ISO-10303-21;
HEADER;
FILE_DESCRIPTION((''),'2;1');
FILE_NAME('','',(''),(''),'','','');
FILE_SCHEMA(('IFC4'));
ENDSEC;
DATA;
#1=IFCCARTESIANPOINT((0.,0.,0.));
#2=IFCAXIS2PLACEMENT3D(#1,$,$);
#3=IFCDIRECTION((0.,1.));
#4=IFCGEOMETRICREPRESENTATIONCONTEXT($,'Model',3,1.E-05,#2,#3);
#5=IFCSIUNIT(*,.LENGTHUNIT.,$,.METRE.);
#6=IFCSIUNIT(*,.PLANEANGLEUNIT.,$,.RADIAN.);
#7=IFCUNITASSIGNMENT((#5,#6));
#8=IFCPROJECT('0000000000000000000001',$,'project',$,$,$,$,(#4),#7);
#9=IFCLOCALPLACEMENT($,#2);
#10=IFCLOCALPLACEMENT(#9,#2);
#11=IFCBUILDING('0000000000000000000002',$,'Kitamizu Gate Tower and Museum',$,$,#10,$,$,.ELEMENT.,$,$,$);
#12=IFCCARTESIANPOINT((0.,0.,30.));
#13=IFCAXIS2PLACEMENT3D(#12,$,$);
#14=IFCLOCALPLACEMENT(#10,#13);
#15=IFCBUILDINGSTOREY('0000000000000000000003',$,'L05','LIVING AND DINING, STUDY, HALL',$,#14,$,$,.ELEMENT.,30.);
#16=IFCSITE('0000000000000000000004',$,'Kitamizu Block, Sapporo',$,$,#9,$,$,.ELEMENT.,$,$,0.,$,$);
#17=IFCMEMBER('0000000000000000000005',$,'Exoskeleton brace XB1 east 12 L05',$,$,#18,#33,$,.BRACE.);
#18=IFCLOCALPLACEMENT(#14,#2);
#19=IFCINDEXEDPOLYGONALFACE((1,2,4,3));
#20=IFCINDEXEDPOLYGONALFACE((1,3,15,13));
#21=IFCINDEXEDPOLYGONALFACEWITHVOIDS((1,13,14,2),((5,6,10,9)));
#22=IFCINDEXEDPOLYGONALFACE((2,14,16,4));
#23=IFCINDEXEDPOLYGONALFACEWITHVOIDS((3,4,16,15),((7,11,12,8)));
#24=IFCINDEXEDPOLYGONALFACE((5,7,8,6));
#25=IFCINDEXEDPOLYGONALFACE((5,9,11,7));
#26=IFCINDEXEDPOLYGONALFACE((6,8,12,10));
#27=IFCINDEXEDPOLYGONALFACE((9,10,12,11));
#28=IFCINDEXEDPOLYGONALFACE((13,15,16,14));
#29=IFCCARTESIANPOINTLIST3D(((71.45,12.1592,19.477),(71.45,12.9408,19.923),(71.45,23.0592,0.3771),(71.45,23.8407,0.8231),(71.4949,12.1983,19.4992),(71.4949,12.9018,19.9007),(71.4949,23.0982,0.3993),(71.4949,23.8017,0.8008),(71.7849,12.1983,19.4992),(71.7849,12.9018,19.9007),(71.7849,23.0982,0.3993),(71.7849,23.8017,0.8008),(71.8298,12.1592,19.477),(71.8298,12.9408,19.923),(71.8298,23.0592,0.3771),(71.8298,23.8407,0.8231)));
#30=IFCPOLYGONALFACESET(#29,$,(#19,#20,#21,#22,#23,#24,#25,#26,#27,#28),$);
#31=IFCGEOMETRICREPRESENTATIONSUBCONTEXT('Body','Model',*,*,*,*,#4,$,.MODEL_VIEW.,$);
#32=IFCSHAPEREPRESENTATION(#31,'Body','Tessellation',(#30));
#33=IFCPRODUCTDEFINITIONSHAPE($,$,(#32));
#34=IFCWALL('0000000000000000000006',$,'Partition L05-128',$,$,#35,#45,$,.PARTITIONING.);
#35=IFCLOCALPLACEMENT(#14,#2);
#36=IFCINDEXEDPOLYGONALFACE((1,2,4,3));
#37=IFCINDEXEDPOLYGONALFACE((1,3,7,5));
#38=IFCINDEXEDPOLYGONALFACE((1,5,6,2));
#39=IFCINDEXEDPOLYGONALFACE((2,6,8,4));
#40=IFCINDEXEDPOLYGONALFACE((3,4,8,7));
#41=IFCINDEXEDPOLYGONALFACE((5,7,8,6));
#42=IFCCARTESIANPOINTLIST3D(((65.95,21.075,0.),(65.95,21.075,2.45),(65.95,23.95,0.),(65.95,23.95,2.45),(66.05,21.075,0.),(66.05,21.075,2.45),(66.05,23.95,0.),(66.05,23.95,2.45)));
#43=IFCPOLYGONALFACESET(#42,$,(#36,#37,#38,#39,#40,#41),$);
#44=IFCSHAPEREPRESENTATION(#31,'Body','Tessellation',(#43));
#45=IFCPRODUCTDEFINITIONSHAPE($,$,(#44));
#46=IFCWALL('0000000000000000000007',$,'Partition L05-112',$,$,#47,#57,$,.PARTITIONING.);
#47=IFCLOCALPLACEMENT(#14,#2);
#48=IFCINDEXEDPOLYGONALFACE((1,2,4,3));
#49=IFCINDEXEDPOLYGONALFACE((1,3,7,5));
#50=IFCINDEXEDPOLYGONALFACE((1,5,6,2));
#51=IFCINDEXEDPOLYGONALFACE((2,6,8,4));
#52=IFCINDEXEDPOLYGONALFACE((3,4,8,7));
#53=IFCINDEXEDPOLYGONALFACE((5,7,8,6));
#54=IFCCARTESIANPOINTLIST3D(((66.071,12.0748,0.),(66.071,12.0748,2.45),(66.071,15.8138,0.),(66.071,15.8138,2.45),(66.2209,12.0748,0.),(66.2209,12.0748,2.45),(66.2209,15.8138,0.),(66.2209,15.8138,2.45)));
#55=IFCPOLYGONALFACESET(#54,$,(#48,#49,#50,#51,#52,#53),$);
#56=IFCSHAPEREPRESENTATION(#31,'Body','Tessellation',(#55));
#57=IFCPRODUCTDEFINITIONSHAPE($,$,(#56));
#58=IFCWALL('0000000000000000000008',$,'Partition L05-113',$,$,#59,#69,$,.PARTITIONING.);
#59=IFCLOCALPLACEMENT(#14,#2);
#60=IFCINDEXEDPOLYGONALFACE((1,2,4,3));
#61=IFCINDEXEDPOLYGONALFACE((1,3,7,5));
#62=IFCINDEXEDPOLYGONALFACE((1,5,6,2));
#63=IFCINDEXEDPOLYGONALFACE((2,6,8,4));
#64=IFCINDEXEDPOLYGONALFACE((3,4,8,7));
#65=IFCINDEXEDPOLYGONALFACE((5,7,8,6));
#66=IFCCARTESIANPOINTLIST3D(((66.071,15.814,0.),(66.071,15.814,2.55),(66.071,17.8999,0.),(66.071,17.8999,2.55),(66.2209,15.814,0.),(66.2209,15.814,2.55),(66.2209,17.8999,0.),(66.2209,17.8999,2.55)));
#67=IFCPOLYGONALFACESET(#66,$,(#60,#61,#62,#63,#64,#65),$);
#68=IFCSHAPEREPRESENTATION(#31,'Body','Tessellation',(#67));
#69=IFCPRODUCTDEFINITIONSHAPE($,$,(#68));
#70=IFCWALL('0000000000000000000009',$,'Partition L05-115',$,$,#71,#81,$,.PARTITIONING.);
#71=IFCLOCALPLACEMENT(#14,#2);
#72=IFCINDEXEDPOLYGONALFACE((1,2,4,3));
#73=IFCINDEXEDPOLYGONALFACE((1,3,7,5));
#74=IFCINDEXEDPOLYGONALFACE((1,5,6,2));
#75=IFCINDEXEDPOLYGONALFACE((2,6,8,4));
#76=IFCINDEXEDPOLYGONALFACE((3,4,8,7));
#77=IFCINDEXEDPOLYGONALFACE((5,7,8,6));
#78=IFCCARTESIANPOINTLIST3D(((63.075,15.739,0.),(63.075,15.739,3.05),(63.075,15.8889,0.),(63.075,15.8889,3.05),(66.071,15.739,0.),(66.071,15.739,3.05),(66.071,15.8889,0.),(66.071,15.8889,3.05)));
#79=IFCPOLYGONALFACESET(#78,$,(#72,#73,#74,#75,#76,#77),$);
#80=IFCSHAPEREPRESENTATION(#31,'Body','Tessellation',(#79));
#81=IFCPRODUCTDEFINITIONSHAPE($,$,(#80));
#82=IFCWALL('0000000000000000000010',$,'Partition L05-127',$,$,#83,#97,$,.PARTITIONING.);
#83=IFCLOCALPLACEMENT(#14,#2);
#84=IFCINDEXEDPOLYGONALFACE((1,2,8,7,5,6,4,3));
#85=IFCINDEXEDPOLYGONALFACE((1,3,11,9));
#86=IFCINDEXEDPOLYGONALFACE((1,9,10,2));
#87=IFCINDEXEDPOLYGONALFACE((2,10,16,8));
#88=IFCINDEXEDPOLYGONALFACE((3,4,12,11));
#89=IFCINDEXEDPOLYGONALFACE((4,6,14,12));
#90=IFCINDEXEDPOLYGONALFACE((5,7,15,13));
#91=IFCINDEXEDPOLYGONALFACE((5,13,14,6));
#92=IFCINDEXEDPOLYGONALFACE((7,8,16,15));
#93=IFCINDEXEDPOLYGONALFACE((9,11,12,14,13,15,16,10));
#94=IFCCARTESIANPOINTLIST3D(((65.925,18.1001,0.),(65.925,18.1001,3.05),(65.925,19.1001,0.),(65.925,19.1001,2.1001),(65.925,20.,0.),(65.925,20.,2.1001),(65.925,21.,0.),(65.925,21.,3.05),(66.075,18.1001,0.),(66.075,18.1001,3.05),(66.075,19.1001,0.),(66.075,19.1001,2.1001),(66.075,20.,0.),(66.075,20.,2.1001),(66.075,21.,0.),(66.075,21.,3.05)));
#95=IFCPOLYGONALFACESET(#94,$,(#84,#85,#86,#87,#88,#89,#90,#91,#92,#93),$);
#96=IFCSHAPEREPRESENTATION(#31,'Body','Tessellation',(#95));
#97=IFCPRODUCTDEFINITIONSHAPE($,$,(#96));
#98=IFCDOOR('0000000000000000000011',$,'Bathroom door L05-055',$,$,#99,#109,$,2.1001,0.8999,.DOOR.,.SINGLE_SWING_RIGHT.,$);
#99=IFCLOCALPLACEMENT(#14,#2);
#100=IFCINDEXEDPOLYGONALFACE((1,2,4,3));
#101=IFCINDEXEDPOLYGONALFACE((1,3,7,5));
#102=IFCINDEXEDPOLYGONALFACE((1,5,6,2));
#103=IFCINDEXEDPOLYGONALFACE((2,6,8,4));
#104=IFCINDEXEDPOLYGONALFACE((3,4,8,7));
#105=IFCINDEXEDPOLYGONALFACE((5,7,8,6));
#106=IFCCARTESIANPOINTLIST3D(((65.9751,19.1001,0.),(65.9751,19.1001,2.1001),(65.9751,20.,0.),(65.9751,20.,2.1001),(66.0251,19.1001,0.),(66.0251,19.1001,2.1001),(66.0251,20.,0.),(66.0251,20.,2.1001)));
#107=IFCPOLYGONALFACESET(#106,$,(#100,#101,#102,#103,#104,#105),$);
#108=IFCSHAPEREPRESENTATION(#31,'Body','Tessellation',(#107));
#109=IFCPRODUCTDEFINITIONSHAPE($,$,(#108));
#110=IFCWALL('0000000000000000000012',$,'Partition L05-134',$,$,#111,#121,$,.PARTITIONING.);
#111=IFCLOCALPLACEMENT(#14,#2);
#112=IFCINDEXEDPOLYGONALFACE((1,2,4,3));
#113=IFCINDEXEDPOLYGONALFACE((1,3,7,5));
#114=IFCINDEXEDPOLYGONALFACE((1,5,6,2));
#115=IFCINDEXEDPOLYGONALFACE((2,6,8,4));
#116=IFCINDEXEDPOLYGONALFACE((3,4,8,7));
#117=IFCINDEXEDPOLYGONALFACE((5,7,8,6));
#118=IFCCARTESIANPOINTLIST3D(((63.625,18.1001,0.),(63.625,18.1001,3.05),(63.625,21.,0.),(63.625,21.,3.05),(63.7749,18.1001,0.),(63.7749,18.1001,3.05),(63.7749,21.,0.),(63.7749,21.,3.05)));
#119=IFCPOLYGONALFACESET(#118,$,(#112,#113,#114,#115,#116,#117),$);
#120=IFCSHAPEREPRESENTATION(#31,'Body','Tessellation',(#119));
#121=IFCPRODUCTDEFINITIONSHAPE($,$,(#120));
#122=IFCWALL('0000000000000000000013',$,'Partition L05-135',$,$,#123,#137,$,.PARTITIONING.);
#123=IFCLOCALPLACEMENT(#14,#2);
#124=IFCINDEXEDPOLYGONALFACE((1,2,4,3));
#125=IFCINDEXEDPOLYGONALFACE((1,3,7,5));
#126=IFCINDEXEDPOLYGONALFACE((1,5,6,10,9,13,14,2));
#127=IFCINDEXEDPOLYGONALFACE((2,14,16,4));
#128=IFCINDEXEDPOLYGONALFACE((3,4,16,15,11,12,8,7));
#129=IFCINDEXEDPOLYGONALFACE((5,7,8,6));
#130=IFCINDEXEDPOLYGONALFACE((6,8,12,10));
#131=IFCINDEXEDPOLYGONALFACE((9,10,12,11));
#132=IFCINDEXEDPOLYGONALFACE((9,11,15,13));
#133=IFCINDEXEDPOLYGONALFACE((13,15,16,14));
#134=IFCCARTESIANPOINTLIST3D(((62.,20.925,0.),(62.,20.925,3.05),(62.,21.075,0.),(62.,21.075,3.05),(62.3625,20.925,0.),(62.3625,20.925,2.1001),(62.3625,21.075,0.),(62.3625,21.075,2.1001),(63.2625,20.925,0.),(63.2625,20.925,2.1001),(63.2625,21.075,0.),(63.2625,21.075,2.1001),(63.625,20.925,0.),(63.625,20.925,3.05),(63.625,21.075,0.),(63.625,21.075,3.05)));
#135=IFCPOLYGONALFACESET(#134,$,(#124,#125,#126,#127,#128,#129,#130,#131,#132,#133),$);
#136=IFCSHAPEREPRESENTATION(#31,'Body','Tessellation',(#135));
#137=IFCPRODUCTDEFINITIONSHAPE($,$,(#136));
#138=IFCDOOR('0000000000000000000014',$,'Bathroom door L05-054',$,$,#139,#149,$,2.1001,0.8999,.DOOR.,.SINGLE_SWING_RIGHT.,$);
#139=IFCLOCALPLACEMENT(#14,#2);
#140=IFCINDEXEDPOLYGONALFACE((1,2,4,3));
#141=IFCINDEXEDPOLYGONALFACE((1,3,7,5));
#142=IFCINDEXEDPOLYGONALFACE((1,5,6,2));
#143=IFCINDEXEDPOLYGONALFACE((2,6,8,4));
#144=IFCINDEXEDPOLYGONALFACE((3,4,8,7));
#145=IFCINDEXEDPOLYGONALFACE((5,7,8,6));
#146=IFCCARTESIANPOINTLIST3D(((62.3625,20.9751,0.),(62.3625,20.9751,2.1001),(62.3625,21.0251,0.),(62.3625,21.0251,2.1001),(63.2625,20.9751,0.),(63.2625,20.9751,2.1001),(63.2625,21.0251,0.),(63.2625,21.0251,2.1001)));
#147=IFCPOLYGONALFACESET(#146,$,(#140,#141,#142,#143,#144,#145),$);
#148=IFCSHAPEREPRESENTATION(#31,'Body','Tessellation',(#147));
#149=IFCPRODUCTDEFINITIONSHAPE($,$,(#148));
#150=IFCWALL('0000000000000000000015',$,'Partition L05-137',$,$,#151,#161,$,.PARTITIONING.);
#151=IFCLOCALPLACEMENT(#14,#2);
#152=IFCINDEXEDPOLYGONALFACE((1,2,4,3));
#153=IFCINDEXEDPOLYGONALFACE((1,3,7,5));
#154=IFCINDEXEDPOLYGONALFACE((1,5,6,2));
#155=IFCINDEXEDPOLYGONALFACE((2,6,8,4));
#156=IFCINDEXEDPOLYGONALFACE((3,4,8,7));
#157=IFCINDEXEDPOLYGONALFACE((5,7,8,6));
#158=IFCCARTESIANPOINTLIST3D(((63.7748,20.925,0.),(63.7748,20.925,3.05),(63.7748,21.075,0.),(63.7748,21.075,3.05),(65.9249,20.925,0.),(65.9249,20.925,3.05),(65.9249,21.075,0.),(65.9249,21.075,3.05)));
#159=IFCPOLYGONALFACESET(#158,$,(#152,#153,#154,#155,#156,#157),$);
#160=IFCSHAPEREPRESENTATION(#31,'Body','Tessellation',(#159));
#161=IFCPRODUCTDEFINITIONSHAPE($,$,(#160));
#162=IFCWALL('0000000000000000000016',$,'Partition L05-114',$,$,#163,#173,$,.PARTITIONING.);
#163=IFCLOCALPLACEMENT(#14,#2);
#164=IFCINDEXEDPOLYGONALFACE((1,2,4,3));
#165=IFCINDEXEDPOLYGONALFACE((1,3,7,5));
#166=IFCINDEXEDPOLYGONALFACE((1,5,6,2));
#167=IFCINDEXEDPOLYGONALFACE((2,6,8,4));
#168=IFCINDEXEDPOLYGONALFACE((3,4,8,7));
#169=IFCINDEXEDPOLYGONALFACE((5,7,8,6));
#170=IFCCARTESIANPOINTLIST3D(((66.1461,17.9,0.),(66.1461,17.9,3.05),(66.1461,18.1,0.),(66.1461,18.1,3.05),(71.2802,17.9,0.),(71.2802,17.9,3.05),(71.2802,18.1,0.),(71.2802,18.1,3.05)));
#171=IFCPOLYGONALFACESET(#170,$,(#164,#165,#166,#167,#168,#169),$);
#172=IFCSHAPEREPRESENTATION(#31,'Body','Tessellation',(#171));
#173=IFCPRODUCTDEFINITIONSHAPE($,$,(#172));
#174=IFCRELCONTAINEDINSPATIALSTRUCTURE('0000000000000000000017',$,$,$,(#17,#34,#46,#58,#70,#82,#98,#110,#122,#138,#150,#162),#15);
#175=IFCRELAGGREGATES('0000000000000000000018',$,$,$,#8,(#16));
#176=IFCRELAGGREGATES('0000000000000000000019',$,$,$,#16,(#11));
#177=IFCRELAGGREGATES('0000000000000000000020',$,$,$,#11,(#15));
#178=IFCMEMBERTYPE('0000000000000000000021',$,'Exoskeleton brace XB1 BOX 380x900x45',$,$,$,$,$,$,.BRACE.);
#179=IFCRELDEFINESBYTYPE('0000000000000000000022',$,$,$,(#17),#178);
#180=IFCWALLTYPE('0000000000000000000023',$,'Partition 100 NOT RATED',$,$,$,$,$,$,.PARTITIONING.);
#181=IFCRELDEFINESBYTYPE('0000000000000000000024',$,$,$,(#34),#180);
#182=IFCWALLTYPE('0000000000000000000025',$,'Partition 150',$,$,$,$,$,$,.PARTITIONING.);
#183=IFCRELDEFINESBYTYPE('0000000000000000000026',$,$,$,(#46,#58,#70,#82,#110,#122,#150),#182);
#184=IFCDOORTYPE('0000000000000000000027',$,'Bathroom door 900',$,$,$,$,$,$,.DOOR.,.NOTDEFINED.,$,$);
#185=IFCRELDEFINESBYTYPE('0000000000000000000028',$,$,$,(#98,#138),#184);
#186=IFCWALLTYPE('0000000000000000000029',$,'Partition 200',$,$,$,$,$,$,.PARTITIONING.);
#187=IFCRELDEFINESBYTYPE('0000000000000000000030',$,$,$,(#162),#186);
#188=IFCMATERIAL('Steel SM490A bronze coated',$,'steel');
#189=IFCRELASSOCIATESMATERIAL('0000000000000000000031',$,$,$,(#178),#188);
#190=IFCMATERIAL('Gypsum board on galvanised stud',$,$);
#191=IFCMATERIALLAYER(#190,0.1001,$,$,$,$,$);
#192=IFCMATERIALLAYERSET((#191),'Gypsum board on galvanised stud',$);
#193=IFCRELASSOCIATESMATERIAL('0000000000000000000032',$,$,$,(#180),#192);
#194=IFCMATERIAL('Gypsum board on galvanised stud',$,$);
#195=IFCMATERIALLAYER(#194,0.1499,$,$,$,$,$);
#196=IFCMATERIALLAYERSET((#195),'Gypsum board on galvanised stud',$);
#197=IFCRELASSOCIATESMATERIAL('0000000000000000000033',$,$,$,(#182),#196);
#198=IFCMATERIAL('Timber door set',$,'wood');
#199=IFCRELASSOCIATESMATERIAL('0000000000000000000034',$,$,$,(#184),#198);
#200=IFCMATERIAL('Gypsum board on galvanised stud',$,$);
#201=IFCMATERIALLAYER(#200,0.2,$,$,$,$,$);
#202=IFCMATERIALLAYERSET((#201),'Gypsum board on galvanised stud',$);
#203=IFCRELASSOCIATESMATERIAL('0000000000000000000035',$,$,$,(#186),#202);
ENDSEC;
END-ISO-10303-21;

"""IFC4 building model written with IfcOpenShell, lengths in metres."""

from ifc_helpers import new_model, si_unit, direction, frame, frame_2d, origin, origin_2d, place, context, subcontext, project, spatial, rectangle, hollow_rectangle, extrude, material, layer, layer_set, material_profile, profile_set, type_object, element, fill, save


model = new_model("IFC4")

# Units and contexts
model_context = context("Model", 3, precision=1e-05, world=origin(), true_north=direction((0.0, 1.0)))
body_context = subcontext(model_context, "Body", "Model", "MODEL_VIEW")
ifc_project = project(units=[si_unit("LENGTHUNIT", "METRE"), si_unit("PLANEANGLEUNIT", "RADIAN")], contexts=[model_context])

# Site, building, storey
site_placement = place(None, origin())
site = spatial("IfcSite", under=ifc_project, at=site_placement, Name="Kitamizu Block, Sapporo", CompositionType="ELEMENT", RefElevation=0.0)
building_placement = place(site_placement, origin())
building = spatial("IfcBuilding", under=site, at=building_placement, Name="Kitamizu Gate Tower and Museum", CompositionType="ELEMENT")
storey_placement = place(building_placement, frame((0.0, 0.0, 30.0)))
storey = spatial("IfcBuildingStorey", under=building, at=storey_placement, Name="L05", Description="LIVING AND DINING, STUDY, HALL", CompositionType="ELEMENT", Elevation=30.0)

# Member
ifc_material_1 = material(Name="Steel SM490A bronze coated", Category="steel")
ifc_material_profile = material_profile(ifc_material_1, hollow_rectangle(XDim=0.3799, YDim=0.8999, WallThickness=0.0449, at=origin_2d()), Name="BOX 380x900x45")
ifc_profile_set = profile_set([ifc_material_profile], Name="Steel SM490A bronze coated")
member_type = type_object("IfcMemberType", Name="Exoskeleton brace XB1 BOX 380x900x45", PredefinedType="BRACE", material=ifc_profile_set)
member_placement = place(storey_placement, frame((71.6399, 23.45, 0.6001), z_axis=(0.0, -0.495649, 0.868523), x_axis=(1.0, 0.0, 0.0)))
element("IfcMember", 1, at=member_placement, inside=storey, type_object=member_type, Name="Exoskeleton brace XB1 east 12 L05", PredefinedType="BRACE", context=body_context, shape_type="SweptSolid", body=[
    extrude(hollow_rectangle(XDim=0.3799, YDim=0.8999, WallThickness=0.0449, at=origin_2d()), origin(), (0.0, 0.0, 1.0), 21.9912),
])

# Walls
ifc_material_2 = material(Name="Gypsum board on galvanised stud")
ifc_layer_1 = layer(ifc_material_2, 0.1001)
ifc_layer_set_1 = layer_set([ifc_layer_1], Name="Gypsum board on galvanised stud")
wall_type_1 = type_object("IfcWallType", Name="Partition 100 NOT RATED", PredefinedType="PARTITIONING", material=ifc_layer_set_1)
wall_1_placement = place(storey_placement, frame((66.0, 23.95, 0.0), z_axis=(0.0, 0.0, 1.0), x_axis=(0.0, -1.0, 0.0)))
element("IfcWall", 2, at=wall_1_placement, inside=storey, type_object=wall_type_1, Name="Partition L05-128", PredefinedType="PARTITIONING", context=body_context, shape_type="SweptSolid", body=[
    extrude(rectangle(XDim=2.875, YDim=0.1001, at=frame_2d((1.4375, 0.0))), origin(), (0.0, 0.0, 1.0), 2.45),
])
ifc_material_3 = material(Name="Gypsum board on galvanised stud")
ifc_layer_2 = layer(ifc_material_3, 0.1499)
ifc_layer_set_2 = layer_set([ifc_layer_2], Name="Gypsum board on galvanised stud")
wall_type_2 = type_object("IfcWallType", Name="Partition 150", PredefinedType="PARTITIONING", material=ifc_layer_set_2)
wall_2_placement = place(storey_placement, frame((66.146, 15.814, 0.0), z_axis=(0.0, 0.0, 1.0), x_axis=(0.0, -1.0, 0.0)))
element("IfcWall", 3, at=wall_2_placement, inside=storey, type_object=wall_type_2, Name="Partition L05-112", PredefinedType="PARTITIONING", context=body_context, shape_type="SweptSolid", body=[
    extrude(rectangle(XDim=3.739, YDim=0.1499, at=frame_2d((1.8696, 0.0))), origin(), (0.0, 0.0, 1.0), 2.45),
])
wall_3_placement = place(storey_placement, frame((66.146, 17.8999, 0.0), z_axis=(0.0, 0.0, 1.0), x_axis=(0.0, -1.0, 0.0)))
element("IfcWall", 4, at=wall_3_placement, inside=storey, type_object=wall_type_2, Name="Partition L05-113", PredefinedType="PARTITIONING", context=body_context, shape_type="SweptSolid", body=[
    extrude(rectangle(XDim=2.0859, YDim=0.1499, at=frame_2d((1.043, 0.0))), origin(), (0.0, 0.0, 1.0), 2.55),
])
wall_4_placement = place(storey_placement, frame((66.071, 15.814, 0.0), z_axis=(0.0, 0.0, 1.0), x_axis=(-1.0, 0.0, 0.0)))
element("IfcWall", 5, at=wall_4_placement, inside=storey, type_object=wall_type_2, Name="Partition L05-115", PredefinedType="PARTITIONING", context=body_context, shape_type="SweptSolid", body=[
    extrude(rectangle(XDim=2.9961, YDim=0.1499, at=frame_2d((1.498, 0.0))), origin(), (0.0, 0.0, 1.0), 3.05),
])

# Wall, opening, door
wall_5_placement = place(storey_placement, frame((66.0, 21.0, 0.0), z_axis=(0.0, 0.0, 1.0), x_axis=(0.0, -1.0, 0.0)))
wall_5 = element("IfcWall", 6, at=wall_5_placement, inside=storey, type_object=wall_type_2, Name="Partition L05-127", PredefinedType="PARTITIONING", context=body_context, shape_type="SweptSolid", body=[
    extrude(rectangle(XDim=2.8999, YDim=0.1499, at=frame_2d((1.45, 0.0))), origin(), (0.0, 0.0, 1.0), 3.05),
])
opening_1_placement = place(wall_5_placement, frame((1.0, 0.0, 0.0)))
opening_1 = element("IfcOpeningElement", 7, at=opening_1_placement, cuts=wall_5, PredefinedType="OPENING", context=body_context, shape_type="SweptSolid", body=[
    extrude(rectangle(XDim=0.8999, YDim=2.1001, at=frame_2d((0.45, 1.05))), frame((0.0, 0.085, 0.0), z_axis=(0.0, -1.0, 0.0), x_axis=(1.0, 0.0, 0.0)), (0.0, 0.0, 1.0), 0.1699),
])
ifc_material_4 = material(Name="Timber door set", Category="wood")
door_type = type_object("IfcDoorType", Name="Bathroom door 900", OperationType="NOTDEFINED", PredefinedType="DOOR", material=ifc_material_4)
door_1_placement = place(opening_1_placement, frame((0.8999, 0.0, 0.0), x_axis=(-1.0, 0.0, 0.0)))
door_1 = element("IfcDoor", 8, at=door_1_placement, inside=storey, type_object=door_type, Name="Bathroom door L05-055", OperationType="SINGLE_SWING_RIGHT", OverallHeight=2.1001, OverallWidth=0.8999, PredefinedType="DOOR", context=body_context, shape_type="SweptSolid", body=[
    extrude(rectangle(XDim=0.8999, YDim=2.1001, at=frame_2d((0.45, 1.05))), frame((0.0, 0.0249, 0.0), z_axis=(0.0, -1.0, 0.0), x_axis=(1.0, 0.0, 0.0)), (0.0, 0.0, 1.0), 0.05),
])
fill(opening_1, door_1)

# Wall
wall_6_placement = place(storey_placement, frame((63.7, 18.1001, 0.0), z_axis=(0.0, 0.0, 1.0), x_axis=(0.0, 1.0, 0.0)))
element("IfcWall", 9, at=wall_6_placement, inside=storey, type_object=wall_type_2, Name="Partition L05-134", PredefinedType="PARTITIONING", context=body_context, shape_type="SweptSolid", body=[
    extrude(rectangle(XDim=2.8999, YDim=0.1499, at=frame_2d((1.45, 0.0))), origin(), (0.0, 0.0, 1.0), 3.05),
])

# Wall, opening, door
wall_7_placement = place(storey_placement, frame((63.625, 21.0, 0.0), z_axis=(0.0, 0.0, 1.0), x_axis=(-1.0, 0.0, 0.0)))
wall_7 = element("IfcWall", 10, at=wall_7_placement, inside=storey, type_object=wall_type_2, Name="Partition L05-135", PredefinedType="PARTITIONING", context=body_context, shape_type="SweptSolid", body=[
    extrude(rectangle(XDim=1.625, YDim=0.1499, at=frame_2d((0.8125, 0.0))), origin(), (0.0, 0.0, 1.0), 3.05),
])
opening_2_placement = place(wall_7_placement, frame((0.3625, 0.0, 0.0)))
opening_2 = element("IfcOpeningElement", 11, at=opening_2_placement, cuts=wall_7, PredefinedType="OPENING", context=body_context, shape_type="SweptSolid", body=[
    extrude(rectangle(XDim=0.8999, YDim=2.1001, at=frame_2d((0.45, 1.05))), frame((0.0, 0.085, 0.0), z_axis=(0.0, -1.0, 0.0), x_axis=(1.0, 0.0, 0.0)), (0.0, 0.0, 1.0), 0.1699),
])
door_2_placement = place(opening_2_placement, origin())
door_2 = element("IfcDoor", 12, at=door_2_placement, inside=storey, type_object=door_type, Name="Bathroom door L05-054", OperationType="SINGLE_SWING_RIGHT", OverallHeight=2.1001, OverallWidth=0.8999, PredefinedType="DOOR", context=body_context, shape_type="SweptSolid", body=[
    extrude(rectangle(XDim=0.8999, YDim=2.1001, at=frame_2d((0.45, 1.05))), frame((0.0, 0.0249, 0.0), z_axis=(0.0, -1.0, 0.0), x_axis=(1.0, 0.0, 0.0)), (0.0, 0.0, 1.0), 0.05),
])
fill(opening_2, door_2)

# Walls
wall_8_placement = place(storey_placement, frame((65.925, 21.0, 0.0), z_axis=(0.0, 0.0, 1.0), x_axis=(-1.0, 0.0, 0.0)))
element("IfcWall", 13, at=wall_8_placement, inside=storey, type_object=wall_type_2, Name="Partition L05-137", PredefinedType="PARTITIONING", context=body_context, shape_type="SweptSolid", body=[
    extrude(rectangle(XDim=2.1501, YDim=0.1499, at=frame_2d((1.0752, 0.0))), origin(), (0.0, 0.0, 1.0), 3.05),
])
ifc_material_5 = material(Name="Gypsum board on galvanised stud")
ifc_layer_3 = layer(ifc_material_5, 0.2)
ifc_layer_set_3 = layer_set([ifc_layer_3], Name="Gypsum board on galvanised stud")
wall_type_3 = type_object("IfcWallType", Name="Partition 200", PredefinedType="PARTITIONING", material=ifc_layer_set_3)
wall_9_placement = place(storey_placement, frame((71.28, 18.0, 0.0), z_axis=(0.0, 0.0, 1.0), x_axis=(-1.0, 0.0, 0.0)))
element("IfcWall", 14, at=wall_9_placement, inside=storey, type_object=wall_type_3, Name="Partition L05-114", PredefinedType="PARTITIONING", context=body_context, shape_type="SweptSolid", body=[
    extrude(rectangle(XDim=5.134, YDim=0.2, at=frame_2d((2.5669, 0.0))), origin(), (0.0, 0.0, 1.0), 3.05),
])

save(model, "model.ifc")
